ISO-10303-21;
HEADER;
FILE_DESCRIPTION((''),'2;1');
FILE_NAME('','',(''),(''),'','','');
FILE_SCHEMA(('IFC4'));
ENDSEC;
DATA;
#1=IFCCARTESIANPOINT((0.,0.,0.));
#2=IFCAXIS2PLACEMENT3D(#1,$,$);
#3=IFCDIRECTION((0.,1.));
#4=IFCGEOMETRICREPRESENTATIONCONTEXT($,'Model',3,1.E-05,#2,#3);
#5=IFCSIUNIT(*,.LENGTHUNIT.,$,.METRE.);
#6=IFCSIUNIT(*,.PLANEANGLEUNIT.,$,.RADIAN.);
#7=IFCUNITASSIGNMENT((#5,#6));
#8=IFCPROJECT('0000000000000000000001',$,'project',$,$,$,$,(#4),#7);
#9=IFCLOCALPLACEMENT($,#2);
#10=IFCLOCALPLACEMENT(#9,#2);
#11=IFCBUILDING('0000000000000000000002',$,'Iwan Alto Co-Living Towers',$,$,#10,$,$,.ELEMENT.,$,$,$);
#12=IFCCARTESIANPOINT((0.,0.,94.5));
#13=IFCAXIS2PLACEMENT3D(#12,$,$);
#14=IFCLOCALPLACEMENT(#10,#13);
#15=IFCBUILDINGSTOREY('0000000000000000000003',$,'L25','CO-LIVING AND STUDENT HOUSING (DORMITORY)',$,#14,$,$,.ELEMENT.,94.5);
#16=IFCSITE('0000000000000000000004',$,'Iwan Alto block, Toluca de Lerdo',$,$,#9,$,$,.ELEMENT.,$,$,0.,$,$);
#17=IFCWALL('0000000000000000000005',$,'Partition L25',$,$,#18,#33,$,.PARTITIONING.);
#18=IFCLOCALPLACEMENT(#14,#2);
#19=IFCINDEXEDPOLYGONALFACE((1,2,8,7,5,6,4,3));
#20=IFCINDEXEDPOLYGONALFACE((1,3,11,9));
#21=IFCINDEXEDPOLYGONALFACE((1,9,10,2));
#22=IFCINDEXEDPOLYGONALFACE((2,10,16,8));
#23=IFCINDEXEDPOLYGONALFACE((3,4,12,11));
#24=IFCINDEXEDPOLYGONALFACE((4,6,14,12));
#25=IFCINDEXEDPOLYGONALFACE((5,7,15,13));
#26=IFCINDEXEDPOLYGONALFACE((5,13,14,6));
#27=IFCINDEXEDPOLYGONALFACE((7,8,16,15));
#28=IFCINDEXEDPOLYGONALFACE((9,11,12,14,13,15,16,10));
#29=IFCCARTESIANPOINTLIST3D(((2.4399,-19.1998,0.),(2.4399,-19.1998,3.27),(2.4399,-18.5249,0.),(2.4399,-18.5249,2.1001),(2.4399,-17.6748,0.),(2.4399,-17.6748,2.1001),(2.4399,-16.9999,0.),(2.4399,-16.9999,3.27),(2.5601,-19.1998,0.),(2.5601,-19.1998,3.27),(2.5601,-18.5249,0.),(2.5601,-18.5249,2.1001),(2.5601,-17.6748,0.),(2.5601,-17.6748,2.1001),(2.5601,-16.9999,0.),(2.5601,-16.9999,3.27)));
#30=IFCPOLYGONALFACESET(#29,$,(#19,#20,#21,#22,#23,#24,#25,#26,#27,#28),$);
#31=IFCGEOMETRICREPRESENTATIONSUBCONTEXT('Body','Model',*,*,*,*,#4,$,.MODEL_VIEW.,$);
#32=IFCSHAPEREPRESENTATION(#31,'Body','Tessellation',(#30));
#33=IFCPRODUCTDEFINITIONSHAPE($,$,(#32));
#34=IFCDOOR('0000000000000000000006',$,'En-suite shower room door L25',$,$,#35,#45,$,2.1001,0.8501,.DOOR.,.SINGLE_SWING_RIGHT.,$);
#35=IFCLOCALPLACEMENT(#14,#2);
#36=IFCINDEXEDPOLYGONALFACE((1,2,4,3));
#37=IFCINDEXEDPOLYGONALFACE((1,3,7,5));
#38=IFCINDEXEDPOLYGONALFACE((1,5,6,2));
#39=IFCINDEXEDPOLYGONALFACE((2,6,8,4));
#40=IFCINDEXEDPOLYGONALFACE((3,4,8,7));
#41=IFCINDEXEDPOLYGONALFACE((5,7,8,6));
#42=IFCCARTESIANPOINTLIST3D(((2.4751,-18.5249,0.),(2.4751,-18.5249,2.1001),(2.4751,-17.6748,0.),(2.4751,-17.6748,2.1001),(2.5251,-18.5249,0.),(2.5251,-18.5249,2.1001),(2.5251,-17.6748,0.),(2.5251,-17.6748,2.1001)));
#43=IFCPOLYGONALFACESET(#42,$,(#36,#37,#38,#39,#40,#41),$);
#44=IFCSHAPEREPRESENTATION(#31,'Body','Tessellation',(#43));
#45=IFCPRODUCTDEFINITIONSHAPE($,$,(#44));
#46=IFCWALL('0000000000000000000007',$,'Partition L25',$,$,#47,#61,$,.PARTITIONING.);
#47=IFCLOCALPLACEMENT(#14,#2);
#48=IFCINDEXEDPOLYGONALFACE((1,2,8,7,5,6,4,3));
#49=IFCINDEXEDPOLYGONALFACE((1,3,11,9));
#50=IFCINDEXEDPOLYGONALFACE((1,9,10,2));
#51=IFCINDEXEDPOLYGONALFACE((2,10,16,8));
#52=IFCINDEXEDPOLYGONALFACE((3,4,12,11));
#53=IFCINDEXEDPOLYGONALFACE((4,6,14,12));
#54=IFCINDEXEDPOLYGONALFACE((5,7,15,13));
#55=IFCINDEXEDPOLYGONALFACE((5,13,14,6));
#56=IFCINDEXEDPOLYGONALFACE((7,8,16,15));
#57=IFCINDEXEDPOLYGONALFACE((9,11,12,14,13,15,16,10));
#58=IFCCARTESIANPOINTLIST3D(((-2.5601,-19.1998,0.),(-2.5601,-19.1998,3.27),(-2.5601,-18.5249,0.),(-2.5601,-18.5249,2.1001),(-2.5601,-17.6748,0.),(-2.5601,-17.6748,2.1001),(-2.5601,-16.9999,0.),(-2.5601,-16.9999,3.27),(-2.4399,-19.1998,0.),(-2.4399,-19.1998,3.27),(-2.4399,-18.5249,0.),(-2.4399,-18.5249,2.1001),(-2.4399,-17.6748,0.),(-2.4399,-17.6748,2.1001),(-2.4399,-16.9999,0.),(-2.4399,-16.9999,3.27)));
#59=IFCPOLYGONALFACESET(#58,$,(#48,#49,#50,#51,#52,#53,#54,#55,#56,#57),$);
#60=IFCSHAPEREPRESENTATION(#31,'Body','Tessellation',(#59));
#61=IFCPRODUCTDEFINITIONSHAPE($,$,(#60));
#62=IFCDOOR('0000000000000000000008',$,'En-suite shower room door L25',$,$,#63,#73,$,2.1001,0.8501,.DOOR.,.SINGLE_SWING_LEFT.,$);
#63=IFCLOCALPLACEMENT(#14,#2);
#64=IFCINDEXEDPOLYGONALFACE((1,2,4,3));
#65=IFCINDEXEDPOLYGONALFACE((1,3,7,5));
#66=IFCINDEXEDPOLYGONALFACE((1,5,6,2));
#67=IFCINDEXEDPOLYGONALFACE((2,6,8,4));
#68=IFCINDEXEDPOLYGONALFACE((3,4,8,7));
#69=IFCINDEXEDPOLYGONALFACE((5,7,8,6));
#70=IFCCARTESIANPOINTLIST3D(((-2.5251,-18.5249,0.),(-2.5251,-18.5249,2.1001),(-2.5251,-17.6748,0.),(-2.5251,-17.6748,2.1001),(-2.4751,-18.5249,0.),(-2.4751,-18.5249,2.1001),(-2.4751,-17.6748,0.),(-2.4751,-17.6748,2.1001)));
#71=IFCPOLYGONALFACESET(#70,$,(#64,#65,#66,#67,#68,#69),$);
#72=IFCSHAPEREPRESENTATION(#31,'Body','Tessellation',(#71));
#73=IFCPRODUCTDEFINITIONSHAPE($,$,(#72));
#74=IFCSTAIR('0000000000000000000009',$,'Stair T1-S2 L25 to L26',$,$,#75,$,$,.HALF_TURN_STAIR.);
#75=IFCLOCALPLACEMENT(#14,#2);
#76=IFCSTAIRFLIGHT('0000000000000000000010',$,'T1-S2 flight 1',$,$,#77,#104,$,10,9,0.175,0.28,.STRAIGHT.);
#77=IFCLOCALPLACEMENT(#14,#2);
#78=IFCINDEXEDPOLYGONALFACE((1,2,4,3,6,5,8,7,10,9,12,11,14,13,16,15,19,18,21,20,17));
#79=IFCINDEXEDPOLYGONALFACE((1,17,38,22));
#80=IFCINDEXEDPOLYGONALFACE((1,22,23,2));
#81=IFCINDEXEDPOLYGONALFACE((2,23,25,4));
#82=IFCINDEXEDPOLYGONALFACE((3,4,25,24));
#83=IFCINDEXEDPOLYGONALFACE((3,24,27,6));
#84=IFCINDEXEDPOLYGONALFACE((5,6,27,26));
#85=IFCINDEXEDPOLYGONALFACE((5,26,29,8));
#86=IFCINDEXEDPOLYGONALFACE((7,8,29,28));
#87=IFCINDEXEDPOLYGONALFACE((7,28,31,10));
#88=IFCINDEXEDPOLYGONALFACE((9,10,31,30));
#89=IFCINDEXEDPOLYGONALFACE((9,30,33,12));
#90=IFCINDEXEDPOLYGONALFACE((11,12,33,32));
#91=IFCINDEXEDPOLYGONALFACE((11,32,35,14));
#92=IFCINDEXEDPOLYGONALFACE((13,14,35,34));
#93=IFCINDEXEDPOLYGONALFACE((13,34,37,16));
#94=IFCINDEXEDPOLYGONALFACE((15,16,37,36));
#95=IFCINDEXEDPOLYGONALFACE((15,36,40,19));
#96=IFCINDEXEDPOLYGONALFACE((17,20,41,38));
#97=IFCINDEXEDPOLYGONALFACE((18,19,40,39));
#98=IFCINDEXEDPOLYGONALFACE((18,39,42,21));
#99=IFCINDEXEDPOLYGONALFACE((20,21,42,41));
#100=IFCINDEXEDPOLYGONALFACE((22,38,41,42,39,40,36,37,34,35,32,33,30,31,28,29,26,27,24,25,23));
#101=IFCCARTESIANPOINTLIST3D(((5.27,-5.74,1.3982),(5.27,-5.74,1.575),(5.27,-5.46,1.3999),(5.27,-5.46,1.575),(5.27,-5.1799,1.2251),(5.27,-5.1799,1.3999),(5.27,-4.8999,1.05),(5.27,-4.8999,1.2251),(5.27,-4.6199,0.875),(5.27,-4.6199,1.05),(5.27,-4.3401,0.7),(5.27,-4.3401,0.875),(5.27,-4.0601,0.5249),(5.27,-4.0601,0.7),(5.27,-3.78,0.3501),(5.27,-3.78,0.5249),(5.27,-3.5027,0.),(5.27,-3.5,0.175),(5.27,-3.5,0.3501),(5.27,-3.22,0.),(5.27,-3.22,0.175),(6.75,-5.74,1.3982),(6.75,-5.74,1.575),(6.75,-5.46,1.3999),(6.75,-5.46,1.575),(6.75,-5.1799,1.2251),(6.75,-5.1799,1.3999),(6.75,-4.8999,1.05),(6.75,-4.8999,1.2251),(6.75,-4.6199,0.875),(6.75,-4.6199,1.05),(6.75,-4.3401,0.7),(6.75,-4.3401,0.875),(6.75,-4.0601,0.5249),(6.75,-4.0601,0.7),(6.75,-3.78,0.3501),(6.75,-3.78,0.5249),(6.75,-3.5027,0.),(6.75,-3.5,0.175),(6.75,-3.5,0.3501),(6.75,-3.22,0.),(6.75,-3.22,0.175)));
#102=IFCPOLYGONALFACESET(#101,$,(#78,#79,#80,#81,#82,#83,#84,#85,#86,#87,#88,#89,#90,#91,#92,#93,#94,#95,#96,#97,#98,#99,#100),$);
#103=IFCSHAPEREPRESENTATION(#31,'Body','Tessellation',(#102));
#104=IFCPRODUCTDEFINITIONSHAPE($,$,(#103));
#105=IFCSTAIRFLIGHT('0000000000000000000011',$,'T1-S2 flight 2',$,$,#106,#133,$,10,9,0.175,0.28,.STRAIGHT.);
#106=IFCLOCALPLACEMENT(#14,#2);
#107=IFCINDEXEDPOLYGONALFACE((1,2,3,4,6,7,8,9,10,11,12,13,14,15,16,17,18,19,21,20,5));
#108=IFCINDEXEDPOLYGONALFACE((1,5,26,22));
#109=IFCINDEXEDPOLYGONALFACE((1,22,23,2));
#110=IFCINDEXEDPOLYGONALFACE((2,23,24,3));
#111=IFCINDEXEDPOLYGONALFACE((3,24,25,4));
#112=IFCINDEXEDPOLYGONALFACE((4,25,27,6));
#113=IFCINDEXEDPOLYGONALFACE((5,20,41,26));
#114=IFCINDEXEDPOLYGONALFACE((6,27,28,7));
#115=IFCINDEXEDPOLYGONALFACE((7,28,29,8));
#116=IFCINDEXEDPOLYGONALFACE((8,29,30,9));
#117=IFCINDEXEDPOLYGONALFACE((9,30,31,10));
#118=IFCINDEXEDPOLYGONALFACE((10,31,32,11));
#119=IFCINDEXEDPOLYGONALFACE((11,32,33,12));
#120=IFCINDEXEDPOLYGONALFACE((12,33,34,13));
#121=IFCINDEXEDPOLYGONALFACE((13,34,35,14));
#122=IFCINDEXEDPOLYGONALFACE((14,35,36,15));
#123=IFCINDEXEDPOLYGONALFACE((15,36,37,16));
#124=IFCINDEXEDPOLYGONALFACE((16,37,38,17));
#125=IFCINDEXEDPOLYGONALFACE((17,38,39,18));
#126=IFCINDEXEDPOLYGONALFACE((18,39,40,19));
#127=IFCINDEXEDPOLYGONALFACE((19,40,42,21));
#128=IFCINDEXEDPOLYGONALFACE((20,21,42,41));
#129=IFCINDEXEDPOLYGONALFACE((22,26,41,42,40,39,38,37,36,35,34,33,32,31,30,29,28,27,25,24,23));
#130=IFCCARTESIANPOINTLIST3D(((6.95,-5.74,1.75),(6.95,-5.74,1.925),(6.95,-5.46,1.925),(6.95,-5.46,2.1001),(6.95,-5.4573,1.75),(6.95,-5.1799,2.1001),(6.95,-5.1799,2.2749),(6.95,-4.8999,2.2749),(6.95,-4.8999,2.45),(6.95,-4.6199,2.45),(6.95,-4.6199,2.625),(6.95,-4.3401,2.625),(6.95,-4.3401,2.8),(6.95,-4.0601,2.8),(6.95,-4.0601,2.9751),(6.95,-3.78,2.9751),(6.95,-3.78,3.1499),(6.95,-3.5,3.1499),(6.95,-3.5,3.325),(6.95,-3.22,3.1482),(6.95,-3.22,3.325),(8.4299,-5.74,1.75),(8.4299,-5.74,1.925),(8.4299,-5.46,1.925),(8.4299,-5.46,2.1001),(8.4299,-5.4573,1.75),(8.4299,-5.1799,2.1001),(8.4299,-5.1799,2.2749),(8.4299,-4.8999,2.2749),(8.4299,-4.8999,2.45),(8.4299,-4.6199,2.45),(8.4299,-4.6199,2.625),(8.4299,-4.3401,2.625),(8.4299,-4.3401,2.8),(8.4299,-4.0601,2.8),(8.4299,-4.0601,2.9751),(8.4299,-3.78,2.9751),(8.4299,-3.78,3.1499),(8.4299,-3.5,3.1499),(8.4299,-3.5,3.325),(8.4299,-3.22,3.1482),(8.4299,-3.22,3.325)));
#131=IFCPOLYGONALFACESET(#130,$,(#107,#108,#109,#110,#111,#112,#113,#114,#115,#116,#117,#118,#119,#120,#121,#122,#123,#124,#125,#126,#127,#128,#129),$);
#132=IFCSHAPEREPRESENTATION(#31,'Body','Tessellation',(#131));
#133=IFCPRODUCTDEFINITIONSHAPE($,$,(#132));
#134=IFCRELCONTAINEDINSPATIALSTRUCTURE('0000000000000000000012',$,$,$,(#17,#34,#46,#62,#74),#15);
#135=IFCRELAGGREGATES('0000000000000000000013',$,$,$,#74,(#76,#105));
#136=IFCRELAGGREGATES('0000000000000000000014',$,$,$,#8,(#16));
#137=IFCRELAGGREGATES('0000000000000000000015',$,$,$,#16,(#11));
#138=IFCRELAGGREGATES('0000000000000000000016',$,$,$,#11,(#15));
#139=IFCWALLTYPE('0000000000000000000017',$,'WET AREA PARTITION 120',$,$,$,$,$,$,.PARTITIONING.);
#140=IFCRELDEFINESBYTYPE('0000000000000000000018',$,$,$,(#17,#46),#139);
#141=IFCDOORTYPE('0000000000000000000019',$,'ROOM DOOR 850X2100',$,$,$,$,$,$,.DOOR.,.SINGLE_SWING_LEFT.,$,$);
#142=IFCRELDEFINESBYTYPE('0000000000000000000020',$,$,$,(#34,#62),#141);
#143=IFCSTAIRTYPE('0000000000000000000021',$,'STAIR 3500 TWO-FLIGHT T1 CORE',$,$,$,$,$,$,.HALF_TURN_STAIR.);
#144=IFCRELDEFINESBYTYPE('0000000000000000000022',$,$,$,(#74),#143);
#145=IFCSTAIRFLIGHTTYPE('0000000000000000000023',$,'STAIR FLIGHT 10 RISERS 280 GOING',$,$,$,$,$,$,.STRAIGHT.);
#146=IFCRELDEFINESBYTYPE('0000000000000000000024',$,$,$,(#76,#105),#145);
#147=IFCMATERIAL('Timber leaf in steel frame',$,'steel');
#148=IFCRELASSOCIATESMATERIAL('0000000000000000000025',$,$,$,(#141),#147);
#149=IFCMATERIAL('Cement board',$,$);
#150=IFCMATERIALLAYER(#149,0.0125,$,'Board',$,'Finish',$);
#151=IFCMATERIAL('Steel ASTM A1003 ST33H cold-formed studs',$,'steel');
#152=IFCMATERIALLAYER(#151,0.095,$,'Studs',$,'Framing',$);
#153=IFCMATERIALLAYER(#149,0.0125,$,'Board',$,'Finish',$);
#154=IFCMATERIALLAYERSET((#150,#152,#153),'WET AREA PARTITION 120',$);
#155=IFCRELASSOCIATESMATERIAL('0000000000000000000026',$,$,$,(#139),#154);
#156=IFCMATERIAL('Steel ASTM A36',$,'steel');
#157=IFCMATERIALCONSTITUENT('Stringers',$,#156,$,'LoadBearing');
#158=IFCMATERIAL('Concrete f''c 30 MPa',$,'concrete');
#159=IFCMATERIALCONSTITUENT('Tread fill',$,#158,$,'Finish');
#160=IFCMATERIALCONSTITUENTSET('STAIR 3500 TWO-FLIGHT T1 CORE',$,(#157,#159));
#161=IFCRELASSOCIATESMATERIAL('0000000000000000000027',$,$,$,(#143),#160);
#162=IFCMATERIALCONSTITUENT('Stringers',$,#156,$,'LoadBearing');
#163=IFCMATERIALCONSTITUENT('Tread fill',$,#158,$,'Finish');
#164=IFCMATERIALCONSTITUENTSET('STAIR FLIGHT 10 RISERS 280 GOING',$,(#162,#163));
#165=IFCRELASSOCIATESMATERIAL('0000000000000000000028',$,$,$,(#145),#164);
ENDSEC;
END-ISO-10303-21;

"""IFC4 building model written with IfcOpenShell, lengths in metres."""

from ifc_helpers import new_model, si_unit, direction, frame, frame_2d, origin, place, context, subcontext, project, spatial, polyline, rectangle, outline, extrude, material, layer, layer_set, constituent, constituent_set, type_object, element, fill, aggregate, save


model = new_model("IFC4")

# Units and contexts
model_context = context("Model", 3, precision=1e-05, world=origin(), true_north=direction((0.0, 1.0)))
body_context = subcontext(model_context, "Body", "Model", "MODEL_VIEW")
ifc_project = project(units=[si_unit("LENGTHUNIT", "METRE"), si_unit("PLANEANGLEUNIT", "RADIAN")], contexts=[model_context])

# Site, building, storey
site_placement = place(None, origin())
site = spatial("IfcSite", under=ifc_project, at=site_placement, Name="Iwan Alto block, Toluca de Lerdo", CompositionType="ELEMENT", RefElevation=0.0)
building_placement = place(site_placement, origin())
building = spatial("IfcBuilding", under=site, at=building_placement, Name="Iwan Alto Co-Living Towers", CompositionType="ELEMENT")
storey_placement = place(building_placement, frame((0.0, 0.0, 94.5)))
storey = spatial("IfcBuildingStorey", under=building, at=storey_placement, Name="L25", Description="CO-LIVING AND STUDENT HOUSING (DORMITORY)", CompositionType="ELEMENT", Elevation=94.5)

# Shared definitions
ifc_material_1 = material(Name="Steel ASTM A1003 ST33H cold-formed studs", Category="steel")

# Shared definitions
ifc_material_2 = material(Name="Timber leaf in steel frame", Category="steel")
door_type_1 = type_object("IfcDoorType", Name="ROOM DOOR 850X2100", OperationType="SINGLE_SWING_LEFT", PredefinedType="DOOR", material=ifc_material_2)

# Walls, openings, doors
ifc_material_3 = material(Name="Cement board")
ifc_layer_1 = layer(ifc_material_3, 0.0125, Name="Board", Category="Finish")
ifc_layer_2 = layer(ifc_material_1, 0.095, Name="Studs", Category="Framing")
ifc_layer_3 = layer(ifc_material_3, 0.0125, Name="Board", Category="Finish")
ifc_layer_set_1 = layer_set([ifc_layer_1, ifc_layer_2, ifc_layer_3], Name="WET AREA PARTITION 120")
wall_type_1 = type_object("IfcWallType", Name="WET AREA PARTITION 120", PredefinedType="PARTITIONING", material=ifc_layer_set_1)
wall_1_placement = place(storey_placement, frame((2.5, -19.2, 0.0), z_axis=(0.0, 0.0, 1.0), x_axis=(0.0, 1.0, 0.0)))
wall_1 = element("IfcWall", 1, at=wall_1_placement, inside=storey, type_object=wall_type_1, Name="Partition L25", PredefinedType="PARTITIONING", context=body_context, shape_type="SweptSolid", body=[
    extrude(rectangle(XDim=2.2, YDim=0.1201, at=frame_2d((1.1001, 0.0))), origin(), (0.0, 0.0, 1.0), 3.27),
])
opening_1_placement = place(wall_1_placement, frame((0.675, 0.0, 0.0)))
opening_1 = element("IfcOpeningElement", 2, at=opening_1_placement, cuts=wall_1, PredefinedType="OPENING", context=body_context, shape_type="SweptSolid", body=[
    extrude(rectangle(XDim=0.8501, YDim=2.1001, at=frame_2d((0.425, 1.05))), frame((0.0, 0.0701, 0.0), z_axis=(0.0, -1.0, 0.0), x_axis=(1.0, 0.0, 0.0)), (0.0, 0.0, 1.0), 0.1401),
])
door_1_placement = place(opening_1_placement, origin())
door_1 = element("IfcDoor", 3, at=door_1_placement, inside=storey, type_object=door_type_1, Name="En-suite shower room door L25", OperationType="SINGLE_SWING_RIGHT", OverallHeight=2.1001, OverallWidth=0.8501, PredefinedType="DOOR", context=body_context, shape_type="SweptSolid", body=[
    extrude(rectangle(XDim=0.8501, YDim=2.1001, at=frame_2d((0.425, 1.05))), frame((0.0, 0.0249, 0.0), z_axis=(0.0, -1.0, 0.0), x_axis=(1.0, 0.0, 0.0)), (0.0, 0.0, 1.0), 0.05),
])
fill(opening_1, door_1)
wall_2_placement = place(storey_placement, frame((-2.5, -19.2, 0.0), z_axis=(0.0, 0.0, 1.0), x_axis=(0.0, 1.0, 0.0)))
wall_2 = element("IfcWall", 4, at=wall_2_placement, inside=storey, type_object=wall_type_1, Name="Partition L25", PredefinedType="PARTITIONING", context=body_context, shape_type="SweptSolid", body=[
    extrude(rectangle(XDim=2.2, YDim=0.1201, at=frame_2d((1.1001, 0.0))), origin(), (0.0, 0.0, 1.0), 3.27),
])
opening_2_placement = place(wall_2_placement, frame((0.675, 0.0, 0.0)))
opening_2 = element("IfcOpeningElement", 5, at=opening_2_placement, cuts=wall_2, PredefinedType="OPENING", context=body_context, shape_type="SweptSolid", body=[
    extrude(rectangle(XDim=0.8501, YDim=2.1001, at=frame_2d((0.425, 1.05))), frame((0.0, 0.0701, 0.0), z_axis=(0.0, -1.0, 0.0), x_axis=(1.0, 0.0, 0.0)), (0.0, 0.0, 1.0), 0.1401),
])
door_2_placement = place(opening_2_placement, frame((0.8501, 0.0, 0.0), z_axis=(0.0, 0.0, 1.0), x_axis=(-1.0, 0.0, 0.0)))
door_2 = element("IfcDoor", 6, at=door_2_placement, inside=storey, type_object=door_type_1, Name="En-suite shower room door L25", OperationType="SINGLE_SWING_LEFT", OverallHeight=2.1001, OverallWidth=0.8501, PredefinedType="DOOR", context=body_context, shape_type="SweptSolid", body=[
    extrude(rectangle(XDim=0.8501, YDim=2.1001, at=frame_2d((0.425, 1.05))), frame((0.0, 0.0249, 0.0), z_axis=(0.0, -1.0, 0.0), x_axis=(1.0, 0.0, 0.0)), (0.0, 0.0, 1.0), 0.05),
])
fill(opening_2, door_2)

# Stair, stair flights
ifc_material_4 = material(Name="Steel ASTM A36", Category="steel")
ifc_constituent_1 = constituent(ifc_material_4, Name="Stringers", Category="LoadBearing")
ifc_material_5 = material(Name="Concrete f'c 30 MPa", Category="concrete")
ifc_constituent_2 = constituent(ifc_material_5, Name="Tread fill", Category="Finish")
ifc_constituent_set_1 = constituent_set(constituents=[ifc_constituent_1, ifc_constituent_2], Name="STAIR 3500 TWO-FLIGHT T1 CORE")
stair_type = type_object("IfcStairType", Name="STAIR 3500 TWO-FLIGHT T1 CORE", PredefinedType="HALF_TURN_STAIR", material=ifc_constituent_set_1)
stair_placement = place(storey_placement, origin())
stair = element("IfcStair", 7, at=stair_placement, inside=storey, type_object=stair_type, Name="Stair T1-S2 L25 to L26", PredefinedType="HALF_TURN_STAIR")
ifc_constituent_3 = constituent(ifc_material_4, Name="Stringers", Category="LoadBearing")
ifc_constituent_4 = constituent(ifc_material_5, Name="Tread fill", Category="Finish")
ifc_constituent_set_2 = constituent_set(constituents=[ifc_constituent_3, ifc_constituent_4], Name="STAIR FLIGHT 10 RISERS 280 GOING")
stair_flight_type = type_object("IfcStairFlightType", Name="STAIR FLIGHT 10 RISERS 280 GOING", PredefinedType="STRAIGHT", material=ifc_constituent_set_2)
stair_flight_1_placement = place(storey_placement, frame((6.01, -3.22, 0.0), z_axis=(0.0, 0.0, 1.0), x_axis=(0.0, -1.0, 0.0)))
stair_flight_1 = element("IfcStairFlight", 8, at=stair_flight_1_placement, type_object=stair_flight_type, Name="T1-S2 flight 1", NumberOfRisers=10, NumberOfTreads=9, PredefinedType="STRAIGHT", RiserHeight=0.175, TreadLength=0.28, context=body_context, shape_type="SweptSolid", body=[
    extrude(outline(polyline([(0.0, 0.0), (0.0, 0.175), (0.28, 0.175), (0.28, 0.3501), (0.5601, 0.3501), (0.5601, 0.5249), (0.8401, 0.5249), (0.8401, 0.7), (1.1201, 0.7), (1.1201, 0.875), (1.3999, 0.875), (1.3999, 1.05), (1.6799, 1.05), (1.6799, 1.2251), (1.96, 1.2251), (1.96, 1.3999), (2.24, 1.3999), (2.24, 1.575), (2.52, 1.575), (2.52, 1.75), (2.52, 1.3982), (0.2827, 0.0), (0.0, 0.0)])), frame((0.0, 0.74, 0.0), z_axis=(0.0, -1.0, 0.0), x_axis=(1.0, 0.0, 0.0)), (0.0, 0.0, 1.0), 1.48),
])
stair_flight_2_placement = place(storey_placement, frame((7.6899, -5.74, 1.75), z_axis=(0.0, 0.0, 1.0), x_axis=(0.0, 1.0, 0.0)))
stair_flight_2 = element("IfcStairFlight", 9, at=stair_flight_2_placement, type_object=stair_flight_type, Name="T1-S2 flight 2", NumberOfRisers=10, NumberOfTreads=9, PredefinedType="STRAIGHT", RiserHeight=0.175, TreadLength=0.28, context=body_context, shape_type="SweptSolid", body=[
    extrude(outline(polyline([(0.0, 0.0), (0.0, 0.175), (0.28, 0.175), (0.28, 0.3501), (0.5601, 0.3501), (0.5601, 0.5249), (0.8401, 0.5249), (0.8401, 0.7), (1.1201, 0.7), (1.1201, 0.875), (1.3999, 0.875), (1.3999, 1.05), (1.6799, 1.05), (1.6799, 1.2251), (1.96, 1.2251), (1.96, 1.3999), (2.24, 1.3999), (2.24, 1.575), (2.52, 1.575), (2.52, 1.75), (2.52, 1.3982), (0.2827, 0.0), (0.0, 0.0)])), frame((0.0, 0.74, 0.0), z_axis=(0.0, -1.0, 0.0), x_axis=(1.0, 0.0, 0.0)), (0.0, 0.0, 1.0), 1.48),
])
aggregate(stair, [stair_flight_1, stair_flight_2])

save(model, "model.ifc")
